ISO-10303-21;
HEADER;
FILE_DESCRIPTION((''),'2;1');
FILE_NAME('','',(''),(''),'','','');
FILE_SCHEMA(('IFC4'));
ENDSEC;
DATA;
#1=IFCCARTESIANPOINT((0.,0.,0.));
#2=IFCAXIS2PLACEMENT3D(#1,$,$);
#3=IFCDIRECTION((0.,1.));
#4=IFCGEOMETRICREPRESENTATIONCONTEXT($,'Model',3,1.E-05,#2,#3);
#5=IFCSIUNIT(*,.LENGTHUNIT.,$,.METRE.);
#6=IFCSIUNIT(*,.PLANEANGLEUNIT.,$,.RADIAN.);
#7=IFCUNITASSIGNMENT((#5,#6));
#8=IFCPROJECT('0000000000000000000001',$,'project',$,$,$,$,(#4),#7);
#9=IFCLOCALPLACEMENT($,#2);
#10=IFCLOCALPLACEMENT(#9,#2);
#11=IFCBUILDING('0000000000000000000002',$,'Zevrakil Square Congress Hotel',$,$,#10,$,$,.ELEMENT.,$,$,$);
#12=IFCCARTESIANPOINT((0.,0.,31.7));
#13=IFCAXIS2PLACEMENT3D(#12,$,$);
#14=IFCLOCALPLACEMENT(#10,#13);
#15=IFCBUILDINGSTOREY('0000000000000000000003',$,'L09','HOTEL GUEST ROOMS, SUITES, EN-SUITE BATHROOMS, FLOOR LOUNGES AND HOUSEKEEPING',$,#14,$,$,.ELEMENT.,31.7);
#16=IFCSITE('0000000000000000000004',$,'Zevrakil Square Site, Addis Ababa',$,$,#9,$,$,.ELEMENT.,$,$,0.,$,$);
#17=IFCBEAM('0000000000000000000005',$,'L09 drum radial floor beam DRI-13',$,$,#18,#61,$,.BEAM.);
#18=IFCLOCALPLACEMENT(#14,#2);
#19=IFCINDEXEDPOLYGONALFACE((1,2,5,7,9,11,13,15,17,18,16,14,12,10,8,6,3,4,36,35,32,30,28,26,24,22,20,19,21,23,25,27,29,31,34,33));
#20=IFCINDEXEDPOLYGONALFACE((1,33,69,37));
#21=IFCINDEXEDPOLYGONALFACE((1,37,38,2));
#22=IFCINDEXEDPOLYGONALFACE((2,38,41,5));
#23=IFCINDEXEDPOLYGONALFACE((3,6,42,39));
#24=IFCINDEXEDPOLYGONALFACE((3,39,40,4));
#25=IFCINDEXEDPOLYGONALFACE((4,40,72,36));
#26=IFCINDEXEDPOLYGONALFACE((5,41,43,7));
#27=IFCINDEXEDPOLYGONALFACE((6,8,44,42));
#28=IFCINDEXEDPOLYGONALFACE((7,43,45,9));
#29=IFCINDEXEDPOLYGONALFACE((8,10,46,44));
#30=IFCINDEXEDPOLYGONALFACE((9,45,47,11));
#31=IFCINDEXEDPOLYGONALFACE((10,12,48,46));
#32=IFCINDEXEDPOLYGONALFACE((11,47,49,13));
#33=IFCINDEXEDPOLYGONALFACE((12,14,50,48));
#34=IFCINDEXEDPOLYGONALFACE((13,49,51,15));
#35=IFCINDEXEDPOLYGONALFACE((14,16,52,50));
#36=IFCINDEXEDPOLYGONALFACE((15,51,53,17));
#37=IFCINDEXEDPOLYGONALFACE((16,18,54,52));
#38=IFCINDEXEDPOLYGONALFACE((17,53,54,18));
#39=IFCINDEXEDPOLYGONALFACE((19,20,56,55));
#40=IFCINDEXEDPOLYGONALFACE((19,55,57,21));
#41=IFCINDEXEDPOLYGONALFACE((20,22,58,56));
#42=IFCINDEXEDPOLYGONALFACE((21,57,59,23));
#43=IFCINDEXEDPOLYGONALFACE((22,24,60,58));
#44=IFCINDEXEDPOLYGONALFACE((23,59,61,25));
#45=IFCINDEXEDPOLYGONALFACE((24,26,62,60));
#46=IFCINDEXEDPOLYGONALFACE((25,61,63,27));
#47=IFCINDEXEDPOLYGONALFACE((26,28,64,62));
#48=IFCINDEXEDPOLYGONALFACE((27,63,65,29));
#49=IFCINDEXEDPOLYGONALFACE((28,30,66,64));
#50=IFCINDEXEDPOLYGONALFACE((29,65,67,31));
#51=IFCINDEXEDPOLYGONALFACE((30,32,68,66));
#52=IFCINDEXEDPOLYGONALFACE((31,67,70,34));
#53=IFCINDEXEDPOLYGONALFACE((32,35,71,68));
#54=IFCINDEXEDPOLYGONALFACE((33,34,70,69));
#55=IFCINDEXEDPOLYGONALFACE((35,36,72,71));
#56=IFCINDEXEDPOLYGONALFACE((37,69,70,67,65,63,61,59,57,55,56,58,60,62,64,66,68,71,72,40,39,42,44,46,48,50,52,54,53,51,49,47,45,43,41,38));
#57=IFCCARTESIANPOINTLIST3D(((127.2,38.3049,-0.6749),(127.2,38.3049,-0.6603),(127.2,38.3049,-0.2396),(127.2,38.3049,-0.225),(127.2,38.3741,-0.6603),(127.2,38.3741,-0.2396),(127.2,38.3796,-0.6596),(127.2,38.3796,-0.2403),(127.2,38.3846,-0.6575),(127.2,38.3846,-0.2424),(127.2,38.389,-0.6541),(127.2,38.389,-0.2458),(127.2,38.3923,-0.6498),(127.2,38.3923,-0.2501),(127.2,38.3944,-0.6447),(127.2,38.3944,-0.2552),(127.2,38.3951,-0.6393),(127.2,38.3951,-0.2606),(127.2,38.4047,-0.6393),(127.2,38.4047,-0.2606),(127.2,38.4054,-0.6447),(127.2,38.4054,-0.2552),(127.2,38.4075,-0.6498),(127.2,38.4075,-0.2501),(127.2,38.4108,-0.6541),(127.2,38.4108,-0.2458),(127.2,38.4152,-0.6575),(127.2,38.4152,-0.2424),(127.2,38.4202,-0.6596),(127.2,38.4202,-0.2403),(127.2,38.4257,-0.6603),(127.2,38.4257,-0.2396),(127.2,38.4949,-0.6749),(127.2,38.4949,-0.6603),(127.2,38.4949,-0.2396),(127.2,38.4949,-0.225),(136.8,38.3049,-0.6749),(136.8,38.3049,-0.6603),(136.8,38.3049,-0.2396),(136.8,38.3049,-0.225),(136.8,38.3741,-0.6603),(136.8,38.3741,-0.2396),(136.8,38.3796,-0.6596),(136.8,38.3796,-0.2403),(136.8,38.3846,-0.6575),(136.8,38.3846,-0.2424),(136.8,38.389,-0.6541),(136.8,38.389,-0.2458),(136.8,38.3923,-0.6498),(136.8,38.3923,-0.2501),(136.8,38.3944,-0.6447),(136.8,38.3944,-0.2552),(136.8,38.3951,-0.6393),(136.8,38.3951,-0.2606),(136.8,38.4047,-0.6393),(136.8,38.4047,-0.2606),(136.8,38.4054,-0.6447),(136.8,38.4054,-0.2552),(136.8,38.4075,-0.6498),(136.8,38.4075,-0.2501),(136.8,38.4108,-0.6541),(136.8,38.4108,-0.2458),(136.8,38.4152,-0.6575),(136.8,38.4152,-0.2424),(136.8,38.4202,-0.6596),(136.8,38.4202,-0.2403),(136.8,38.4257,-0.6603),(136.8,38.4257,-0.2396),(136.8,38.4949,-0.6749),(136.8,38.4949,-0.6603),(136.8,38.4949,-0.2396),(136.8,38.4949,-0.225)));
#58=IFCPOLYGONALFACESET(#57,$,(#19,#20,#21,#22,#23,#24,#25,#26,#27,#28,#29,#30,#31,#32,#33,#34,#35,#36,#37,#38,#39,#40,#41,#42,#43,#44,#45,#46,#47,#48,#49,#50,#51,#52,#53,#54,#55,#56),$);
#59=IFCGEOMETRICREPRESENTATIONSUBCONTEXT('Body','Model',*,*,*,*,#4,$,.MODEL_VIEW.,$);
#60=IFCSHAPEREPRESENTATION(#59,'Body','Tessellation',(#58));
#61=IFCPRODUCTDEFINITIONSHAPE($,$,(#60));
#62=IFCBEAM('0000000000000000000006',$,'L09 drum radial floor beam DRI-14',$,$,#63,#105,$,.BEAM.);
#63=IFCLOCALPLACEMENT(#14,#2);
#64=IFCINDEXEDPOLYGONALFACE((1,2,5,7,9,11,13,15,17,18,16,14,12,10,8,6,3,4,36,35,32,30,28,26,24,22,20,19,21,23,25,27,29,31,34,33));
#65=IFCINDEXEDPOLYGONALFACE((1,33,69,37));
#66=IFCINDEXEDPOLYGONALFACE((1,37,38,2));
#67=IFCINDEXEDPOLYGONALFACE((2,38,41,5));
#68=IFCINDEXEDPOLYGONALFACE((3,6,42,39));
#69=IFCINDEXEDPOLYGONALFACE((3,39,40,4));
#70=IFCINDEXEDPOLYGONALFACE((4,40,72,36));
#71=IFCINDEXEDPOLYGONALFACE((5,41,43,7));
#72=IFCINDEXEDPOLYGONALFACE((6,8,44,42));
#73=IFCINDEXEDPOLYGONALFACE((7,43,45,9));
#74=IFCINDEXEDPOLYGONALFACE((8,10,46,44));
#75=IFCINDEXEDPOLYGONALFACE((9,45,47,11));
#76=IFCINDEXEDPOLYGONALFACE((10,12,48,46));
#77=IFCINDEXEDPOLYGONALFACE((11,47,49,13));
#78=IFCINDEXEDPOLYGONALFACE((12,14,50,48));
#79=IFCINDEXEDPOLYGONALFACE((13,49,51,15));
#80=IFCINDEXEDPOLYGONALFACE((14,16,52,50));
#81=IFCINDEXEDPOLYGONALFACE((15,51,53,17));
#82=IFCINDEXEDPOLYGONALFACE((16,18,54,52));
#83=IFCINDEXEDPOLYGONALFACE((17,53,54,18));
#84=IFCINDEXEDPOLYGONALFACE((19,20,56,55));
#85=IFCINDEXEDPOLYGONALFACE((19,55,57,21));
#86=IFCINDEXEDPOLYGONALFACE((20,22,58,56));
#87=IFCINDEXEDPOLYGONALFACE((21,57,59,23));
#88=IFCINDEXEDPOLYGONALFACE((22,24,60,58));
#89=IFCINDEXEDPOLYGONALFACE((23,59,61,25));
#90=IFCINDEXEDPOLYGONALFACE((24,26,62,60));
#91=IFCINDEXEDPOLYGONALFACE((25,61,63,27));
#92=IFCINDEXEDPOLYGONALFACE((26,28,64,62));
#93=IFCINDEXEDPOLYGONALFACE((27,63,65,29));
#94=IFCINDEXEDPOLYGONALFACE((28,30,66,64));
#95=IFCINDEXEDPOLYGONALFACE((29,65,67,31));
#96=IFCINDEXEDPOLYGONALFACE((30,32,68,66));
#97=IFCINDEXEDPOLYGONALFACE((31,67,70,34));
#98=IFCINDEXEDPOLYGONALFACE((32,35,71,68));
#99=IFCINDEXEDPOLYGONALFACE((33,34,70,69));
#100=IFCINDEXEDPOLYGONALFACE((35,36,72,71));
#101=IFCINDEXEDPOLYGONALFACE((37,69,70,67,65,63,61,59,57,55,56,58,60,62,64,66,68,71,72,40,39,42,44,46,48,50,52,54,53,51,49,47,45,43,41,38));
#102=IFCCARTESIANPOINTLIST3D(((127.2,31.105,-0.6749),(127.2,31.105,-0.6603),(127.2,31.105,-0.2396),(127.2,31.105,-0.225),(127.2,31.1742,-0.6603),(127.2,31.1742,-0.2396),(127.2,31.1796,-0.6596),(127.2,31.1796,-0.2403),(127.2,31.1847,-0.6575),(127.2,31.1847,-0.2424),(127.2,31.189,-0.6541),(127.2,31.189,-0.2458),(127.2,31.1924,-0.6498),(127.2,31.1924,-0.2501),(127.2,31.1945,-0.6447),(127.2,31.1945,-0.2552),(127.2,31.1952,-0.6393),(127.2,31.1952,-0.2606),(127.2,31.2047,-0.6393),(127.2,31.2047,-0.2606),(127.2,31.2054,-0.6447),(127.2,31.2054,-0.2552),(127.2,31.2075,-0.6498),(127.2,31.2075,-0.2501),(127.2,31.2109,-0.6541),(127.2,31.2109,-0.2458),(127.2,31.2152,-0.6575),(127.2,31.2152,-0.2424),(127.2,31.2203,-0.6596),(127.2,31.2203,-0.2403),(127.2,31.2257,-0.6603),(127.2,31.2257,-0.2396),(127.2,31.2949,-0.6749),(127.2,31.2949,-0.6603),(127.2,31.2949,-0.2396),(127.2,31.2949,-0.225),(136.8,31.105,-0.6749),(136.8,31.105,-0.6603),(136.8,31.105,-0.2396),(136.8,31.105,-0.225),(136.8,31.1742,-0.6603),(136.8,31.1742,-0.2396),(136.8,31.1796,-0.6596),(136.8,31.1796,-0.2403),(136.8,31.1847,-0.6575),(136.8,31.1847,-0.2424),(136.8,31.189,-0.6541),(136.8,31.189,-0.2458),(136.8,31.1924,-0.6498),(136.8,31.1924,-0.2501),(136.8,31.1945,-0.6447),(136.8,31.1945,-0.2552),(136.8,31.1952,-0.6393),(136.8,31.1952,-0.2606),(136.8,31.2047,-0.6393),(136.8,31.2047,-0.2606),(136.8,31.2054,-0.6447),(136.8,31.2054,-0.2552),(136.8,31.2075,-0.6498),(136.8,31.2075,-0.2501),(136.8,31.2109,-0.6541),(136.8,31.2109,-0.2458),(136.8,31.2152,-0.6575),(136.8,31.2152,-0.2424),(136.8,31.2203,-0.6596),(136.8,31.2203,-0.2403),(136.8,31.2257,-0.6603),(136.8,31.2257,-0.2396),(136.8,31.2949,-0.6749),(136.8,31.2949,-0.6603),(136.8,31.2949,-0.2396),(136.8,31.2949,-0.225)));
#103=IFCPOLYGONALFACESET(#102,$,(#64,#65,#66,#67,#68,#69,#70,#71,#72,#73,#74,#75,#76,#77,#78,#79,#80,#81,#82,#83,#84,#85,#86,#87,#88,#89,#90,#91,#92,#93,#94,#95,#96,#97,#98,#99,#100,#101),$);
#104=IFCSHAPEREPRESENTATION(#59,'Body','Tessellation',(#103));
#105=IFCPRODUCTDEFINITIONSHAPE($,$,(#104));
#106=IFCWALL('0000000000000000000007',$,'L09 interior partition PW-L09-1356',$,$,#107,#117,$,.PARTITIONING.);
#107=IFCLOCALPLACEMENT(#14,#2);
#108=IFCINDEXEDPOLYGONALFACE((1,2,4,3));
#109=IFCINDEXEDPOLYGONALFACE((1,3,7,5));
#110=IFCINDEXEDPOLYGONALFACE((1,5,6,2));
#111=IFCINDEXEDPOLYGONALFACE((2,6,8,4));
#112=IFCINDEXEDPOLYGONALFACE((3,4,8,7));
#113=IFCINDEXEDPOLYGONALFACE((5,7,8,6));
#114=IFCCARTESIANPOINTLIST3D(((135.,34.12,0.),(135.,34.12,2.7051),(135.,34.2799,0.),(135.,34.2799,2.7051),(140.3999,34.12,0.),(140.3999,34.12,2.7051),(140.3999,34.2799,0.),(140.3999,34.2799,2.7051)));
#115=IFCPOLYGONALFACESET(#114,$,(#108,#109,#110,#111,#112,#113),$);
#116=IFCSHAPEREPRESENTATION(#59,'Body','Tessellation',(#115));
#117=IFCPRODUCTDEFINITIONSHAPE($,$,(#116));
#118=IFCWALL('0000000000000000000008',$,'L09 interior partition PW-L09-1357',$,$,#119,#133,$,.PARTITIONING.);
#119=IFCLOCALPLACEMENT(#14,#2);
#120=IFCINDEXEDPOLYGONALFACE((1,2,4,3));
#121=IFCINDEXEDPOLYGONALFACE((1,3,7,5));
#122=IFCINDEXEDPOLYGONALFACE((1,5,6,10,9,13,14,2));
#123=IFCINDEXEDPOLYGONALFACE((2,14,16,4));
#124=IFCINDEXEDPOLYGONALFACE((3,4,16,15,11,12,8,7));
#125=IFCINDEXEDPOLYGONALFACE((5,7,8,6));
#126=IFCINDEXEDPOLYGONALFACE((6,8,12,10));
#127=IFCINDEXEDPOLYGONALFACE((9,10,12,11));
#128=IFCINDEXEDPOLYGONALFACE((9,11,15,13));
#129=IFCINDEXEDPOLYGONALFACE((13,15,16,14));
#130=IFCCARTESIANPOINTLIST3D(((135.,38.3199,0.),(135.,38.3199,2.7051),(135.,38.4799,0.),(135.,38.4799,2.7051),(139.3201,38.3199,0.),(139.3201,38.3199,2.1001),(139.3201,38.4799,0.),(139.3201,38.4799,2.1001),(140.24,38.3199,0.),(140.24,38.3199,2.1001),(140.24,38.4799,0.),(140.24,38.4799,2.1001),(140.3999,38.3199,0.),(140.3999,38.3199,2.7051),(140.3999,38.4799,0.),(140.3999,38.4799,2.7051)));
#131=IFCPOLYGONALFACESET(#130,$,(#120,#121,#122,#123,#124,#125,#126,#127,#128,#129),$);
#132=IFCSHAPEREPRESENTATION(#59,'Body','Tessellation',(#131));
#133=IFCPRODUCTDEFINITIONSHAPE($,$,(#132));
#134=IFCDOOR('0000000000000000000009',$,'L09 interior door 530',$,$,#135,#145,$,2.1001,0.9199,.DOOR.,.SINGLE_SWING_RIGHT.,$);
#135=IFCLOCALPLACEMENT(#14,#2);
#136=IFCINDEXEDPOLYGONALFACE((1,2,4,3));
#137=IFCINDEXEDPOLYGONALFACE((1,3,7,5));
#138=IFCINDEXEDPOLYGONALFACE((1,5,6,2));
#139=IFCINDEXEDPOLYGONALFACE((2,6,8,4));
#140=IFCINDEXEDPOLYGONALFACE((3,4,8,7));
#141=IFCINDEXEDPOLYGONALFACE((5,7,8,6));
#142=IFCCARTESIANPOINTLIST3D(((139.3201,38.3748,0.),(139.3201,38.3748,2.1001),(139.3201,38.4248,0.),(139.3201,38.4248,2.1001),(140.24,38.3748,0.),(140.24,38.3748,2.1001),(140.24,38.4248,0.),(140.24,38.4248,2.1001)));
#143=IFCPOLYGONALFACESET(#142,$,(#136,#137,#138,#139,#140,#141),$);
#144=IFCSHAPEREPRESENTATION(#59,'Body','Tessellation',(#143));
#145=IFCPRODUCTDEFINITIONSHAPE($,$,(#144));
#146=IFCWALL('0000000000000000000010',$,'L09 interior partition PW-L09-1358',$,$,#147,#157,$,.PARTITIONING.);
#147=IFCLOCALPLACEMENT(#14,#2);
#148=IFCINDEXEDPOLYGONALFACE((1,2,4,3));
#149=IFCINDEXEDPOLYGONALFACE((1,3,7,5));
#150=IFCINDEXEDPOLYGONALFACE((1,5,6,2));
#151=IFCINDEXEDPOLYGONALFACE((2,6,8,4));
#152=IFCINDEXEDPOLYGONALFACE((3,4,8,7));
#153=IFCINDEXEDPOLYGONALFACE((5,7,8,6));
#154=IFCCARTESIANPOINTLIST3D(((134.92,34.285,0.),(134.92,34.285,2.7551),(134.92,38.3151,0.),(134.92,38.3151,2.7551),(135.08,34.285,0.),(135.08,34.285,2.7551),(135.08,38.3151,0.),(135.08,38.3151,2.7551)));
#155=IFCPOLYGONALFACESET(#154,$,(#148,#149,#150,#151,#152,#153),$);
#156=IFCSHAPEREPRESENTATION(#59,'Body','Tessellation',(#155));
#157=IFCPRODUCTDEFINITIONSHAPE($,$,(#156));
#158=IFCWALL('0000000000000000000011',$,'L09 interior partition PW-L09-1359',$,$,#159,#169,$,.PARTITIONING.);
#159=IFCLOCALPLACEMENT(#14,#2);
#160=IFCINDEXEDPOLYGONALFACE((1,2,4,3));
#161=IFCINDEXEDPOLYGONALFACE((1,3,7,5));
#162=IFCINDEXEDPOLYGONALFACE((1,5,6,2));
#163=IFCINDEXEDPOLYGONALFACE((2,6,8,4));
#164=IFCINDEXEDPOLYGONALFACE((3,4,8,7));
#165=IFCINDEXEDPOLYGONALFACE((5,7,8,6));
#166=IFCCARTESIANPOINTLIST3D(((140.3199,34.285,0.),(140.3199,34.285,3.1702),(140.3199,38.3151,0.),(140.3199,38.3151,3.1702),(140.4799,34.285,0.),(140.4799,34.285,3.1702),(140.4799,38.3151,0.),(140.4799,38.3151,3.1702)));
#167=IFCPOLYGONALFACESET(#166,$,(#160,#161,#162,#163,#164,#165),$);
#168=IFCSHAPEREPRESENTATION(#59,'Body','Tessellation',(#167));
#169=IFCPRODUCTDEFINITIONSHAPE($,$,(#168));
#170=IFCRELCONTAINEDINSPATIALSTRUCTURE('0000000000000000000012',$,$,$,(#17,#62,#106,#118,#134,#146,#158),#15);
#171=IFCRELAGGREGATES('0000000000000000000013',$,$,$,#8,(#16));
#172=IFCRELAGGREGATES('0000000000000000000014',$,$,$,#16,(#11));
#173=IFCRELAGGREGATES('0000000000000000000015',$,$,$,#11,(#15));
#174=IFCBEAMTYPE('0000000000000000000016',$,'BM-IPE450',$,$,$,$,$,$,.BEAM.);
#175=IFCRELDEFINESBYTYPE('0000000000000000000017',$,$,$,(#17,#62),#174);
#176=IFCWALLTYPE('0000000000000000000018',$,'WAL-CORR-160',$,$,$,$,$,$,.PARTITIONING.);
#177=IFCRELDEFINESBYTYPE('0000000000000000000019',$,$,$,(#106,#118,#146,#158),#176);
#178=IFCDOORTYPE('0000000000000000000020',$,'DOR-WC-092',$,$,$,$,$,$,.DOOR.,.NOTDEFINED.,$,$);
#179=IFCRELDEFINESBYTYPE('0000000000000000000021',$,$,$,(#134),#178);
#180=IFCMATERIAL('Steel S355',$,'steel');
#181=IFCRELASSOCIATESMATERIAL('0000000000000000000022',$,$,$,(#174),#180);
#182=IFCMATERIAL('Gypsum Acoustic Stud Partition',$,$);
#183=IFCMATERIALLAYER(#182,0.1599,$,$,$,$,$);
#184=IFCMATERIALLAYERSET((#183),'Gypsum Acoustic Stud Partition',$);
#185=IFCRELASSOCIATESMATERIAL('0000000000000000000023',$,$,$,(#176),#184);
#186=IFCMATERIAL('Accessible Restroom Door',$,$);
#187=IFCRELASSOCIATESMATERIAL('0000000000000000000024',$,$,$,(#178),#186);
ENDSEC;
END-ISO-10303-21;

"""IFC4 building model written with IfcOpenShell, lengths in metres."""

from ifc_helpers import new_model, si_unit, direction, frame, frame_2d, origin, origin_2d, place, context, subcontext, project, spatial, rectangle, i_section, extrude, material, layer, layer_set, material_profile, profile_set, type_object, element, fill, save


model = new_model("IFC4")

# Units and contexts
model_context = context("Model", 3, precision=1e-05, world=origin(), true_north=direction((0.0, 1.0)))
body_context = subcontext(model_context, "Body", "Model", "MODEL_VIEW")
ifc_project = project(units=[si_unit("LENGTHUNIT", "METRE"), si_unit("PLANEANGLEUNIT", "RADIAN")], contexts=[model_context])

# Site, building, storey
site_placement = place(None, origin())
site = spatial("IfcSite", under=ifc_project, at=site_placement, Name="Zevrakil Square Site, Addis Ababa", CompositionType="ELEMENT", RefElevation=0.0)
building_placement = place(site_placement, origin())
building = spatial("IfcBuilding", under=site, at=building_placement, Name="Zevrakil Square Congress Hotel", CompositionType="ELEMENT")
storey_placement = place(building_placement, frame((0.0, 0.0, 31.7)))
storey = spatial("IfcBuildingStorey", under=building, at=storey_placement, Name="L09", Description="HOTEL GUEST ROOMS, SUITES, EN-SUITE BATHROOMS, FLOOR LOUNGES AND HOUSEKEEPING", CompositionType="ELEMENT", Elevation=31.7)

# Beams
ifc_material_1 = material(Name="Steel S355", Category="steel")
ifc_material_profile_1 = material_profile(ifc_material_1, i_section(OverallWidth=0.1899, OverallDepth=0.45, WebThickness=0.0095, FlangeThickness=0.0146, FilletRadius=0.021, at=origin_2d()), Name="IPE 450")
ifc_profile_set_1 = profile_set([ifc_material_profile_1], Name="Steel S355")
beam_type = type_object("IfcBeamType", Name="BM-IPE450", PredefinedType="BEAM", material=ifc_profile_set_1)
for number, where, z_axis, x_axis, name in (
    (1, (136.8, 38.3999, -0.45), (-1.0, 0.0, 0.0), (0.0, -1.0, 0.0), "L09 drum radial floor beam DRI-13"),
    (2, (136.8, 31.2, -0.45), (-1.0, 0.0, 0.0), (0.0, -1.0, 0.0), "L09 drum radial floor beam DRI-14"),
):
    element("IfcBeam", number, at=place(storey_placement, frame(where, z_axis=z_axis, x_axis=x_axis)), inside=storey, type_object=beam_type, Name=name, PredefinedType="BEAM", context=body_context, shape_type="SweptSolid", body=[
        extrude(i_section(OverallWidth=0.1899, OverallDepth=0.45, WebThickness=0.0095, FlangeThickness=0.0146, FilletRadius=0.021, at=origin_2d()), origin(), (0.0, 0.0, 1.0), 9.6001),
    ])

# Wall
ifc_material_2 = material(Name="Gypsum Acoustic Stud Partition")
ifc_layer_1 = layer(ifc_material_2, 0.1599)
ifc_layer_set_1 = layer_set([ifc_layer_1], Name="Gypsum Acoustic Stud Partition")
wall_type_1 = type_object("IfcWallType", Name="WAL-CORR-160", PredefinedType="PARTITIONING", material=ifc_layer_set_1)
wall_1_placement = place(storey_placement, frame((135.0, 34.2, 0.0), z_axis=(0.0, 0.0, 1.0), x_axis=(1.0, 0.0, 0.0)))
element("IfcWall", 3, at=wall_1_placement, inside=storey, type_object=wall_type_1, Name="L09 interior partition PW-L09-1356", PredefinedType="PARTITIONING", context=body_context, shape_type="SweptSolid", body=[
    extrude(rectangle(XDim=5.3999, YDim=0.1599, at=frame_2d((2.7, 0.0))), origin(), (0.0, 0.0, 1.0), 2.7051),
])

# Wall, opening, door
wall_2_placement = place(storey_placement, frame((135.0, 38.3999, 0.0), z_axis=(0.0, 0.0, 1.0), x_axis=(1.0, 0.0, 0.0)))
wall_2 = element("IfcWall", 4, at=wall_2_placement, inside=storey, type_object=wall_type_1, Name="L09 interior partition PW-L09-1357", PredefinedType="PARTITIONING", context=body_context, shape_type="SweptSolid", body=[
    extrude(rectangle(XDim=5.3999, YDim=0.1599, at=frame_2d((2.7, 0.0))), origin(), (0.0, 0.0, 1.0), 2.7051),
])
opening_1_placement = place(wall_2_placement, frame((4.3201, 0.0, 0.0)))
opening_1 = element("IfcOpeningElement", 5, at=opening_1_placement, cuts=wall_2, PredefinedType="OPENING", context=body_context, shape_type="SweptSolid", body=[
    extrude(rectangle(XDim=0.9199, YDim=2.1001, at=frame_2d((0.46, 1.05))), frame((0.0, 0.0898, 0.0), z_axis=(0.0, -1.0, 0.0), x_axis=(1.0, 0.0, 0.0)), (0.0, 0.0, 1.0), 0.1799),
])
ifc_material_3 = material(Name="Accessible Restroom Door")
door_type_1 = type_object("IfcDoorType", Name="DOR-WC-092", OperationType="NOTDEFINED", PredefinedType="DOOR", material=ifc_material_3)
door_1_placement = place(opening_1_placement, origin())
door_1 = element("IfcDoor", 6, at=door_1_placement, inside=storey, type_object=door_type_1, Name="L09 interior door 530", OperationType="SINGLE_SWING_RIGHT", OverallHeight=2.1001, OverallWidth=0.9199, PredefinedType="DOOR", context=body_context, shape_type="SweptSolid", body=[
    extrude(rectangle(XDim=0.9199, YDim=2.1001, at=frame_2d((0.46, 1.05))), frame((0.0, 0.0249, 0.0), z_axis=(0.0, -1.0, 0.0), x_axis=(1.0, 0.0, 0.0)), (0.0, 0.0, 1.0), 0.05),
])
fill(opening_1, door_1)

# Walls
wall_3_placement = place(storey_placement, frame((135.0, 34.2849, 0.0), z_axis=(0.0, 0.0, 1.0), x_axis=(0.0, 1.0, 0.0)))
element("IfcWall", 7, at=wall_3_placement, inside=storey, type_object=wall_type_1, Name="L09 interior partition PW-L09-1358", PredefinedType="PARTITIONING", context=body_context, shape_type="SweptSolid", body=[
    extrude(rectangle(XDim=4.03, YDim=0.1599, at=frame_2d((2.0151, 0.0))), origin(), (0.0, 0.0, 1.0), 2.7551),
])
wall_4_placement = place(storey_placement, frame((140.3999, 34.2849, 0.0), z_axis=(0.0, 0.0, 1.0), x_axis=(0.0, 1.0, 0.0)))
element("IfcWall", 8, at=wall_4_placement, inside=storey, type_object=wall_type_1, Name="L09 interior partition PW-L09-1359", PredefinedType="PARTITIONING", context=body_context, shape_type="SweptSolid", body=[
    extrude(rectangle(XDim=4.03, YDim=0.1599, at=frame_2d((2.0151, 0.0))), origin(), (0.0, 0.0, 1.0), 3.1702),
])

save(model, "model.ifc")
